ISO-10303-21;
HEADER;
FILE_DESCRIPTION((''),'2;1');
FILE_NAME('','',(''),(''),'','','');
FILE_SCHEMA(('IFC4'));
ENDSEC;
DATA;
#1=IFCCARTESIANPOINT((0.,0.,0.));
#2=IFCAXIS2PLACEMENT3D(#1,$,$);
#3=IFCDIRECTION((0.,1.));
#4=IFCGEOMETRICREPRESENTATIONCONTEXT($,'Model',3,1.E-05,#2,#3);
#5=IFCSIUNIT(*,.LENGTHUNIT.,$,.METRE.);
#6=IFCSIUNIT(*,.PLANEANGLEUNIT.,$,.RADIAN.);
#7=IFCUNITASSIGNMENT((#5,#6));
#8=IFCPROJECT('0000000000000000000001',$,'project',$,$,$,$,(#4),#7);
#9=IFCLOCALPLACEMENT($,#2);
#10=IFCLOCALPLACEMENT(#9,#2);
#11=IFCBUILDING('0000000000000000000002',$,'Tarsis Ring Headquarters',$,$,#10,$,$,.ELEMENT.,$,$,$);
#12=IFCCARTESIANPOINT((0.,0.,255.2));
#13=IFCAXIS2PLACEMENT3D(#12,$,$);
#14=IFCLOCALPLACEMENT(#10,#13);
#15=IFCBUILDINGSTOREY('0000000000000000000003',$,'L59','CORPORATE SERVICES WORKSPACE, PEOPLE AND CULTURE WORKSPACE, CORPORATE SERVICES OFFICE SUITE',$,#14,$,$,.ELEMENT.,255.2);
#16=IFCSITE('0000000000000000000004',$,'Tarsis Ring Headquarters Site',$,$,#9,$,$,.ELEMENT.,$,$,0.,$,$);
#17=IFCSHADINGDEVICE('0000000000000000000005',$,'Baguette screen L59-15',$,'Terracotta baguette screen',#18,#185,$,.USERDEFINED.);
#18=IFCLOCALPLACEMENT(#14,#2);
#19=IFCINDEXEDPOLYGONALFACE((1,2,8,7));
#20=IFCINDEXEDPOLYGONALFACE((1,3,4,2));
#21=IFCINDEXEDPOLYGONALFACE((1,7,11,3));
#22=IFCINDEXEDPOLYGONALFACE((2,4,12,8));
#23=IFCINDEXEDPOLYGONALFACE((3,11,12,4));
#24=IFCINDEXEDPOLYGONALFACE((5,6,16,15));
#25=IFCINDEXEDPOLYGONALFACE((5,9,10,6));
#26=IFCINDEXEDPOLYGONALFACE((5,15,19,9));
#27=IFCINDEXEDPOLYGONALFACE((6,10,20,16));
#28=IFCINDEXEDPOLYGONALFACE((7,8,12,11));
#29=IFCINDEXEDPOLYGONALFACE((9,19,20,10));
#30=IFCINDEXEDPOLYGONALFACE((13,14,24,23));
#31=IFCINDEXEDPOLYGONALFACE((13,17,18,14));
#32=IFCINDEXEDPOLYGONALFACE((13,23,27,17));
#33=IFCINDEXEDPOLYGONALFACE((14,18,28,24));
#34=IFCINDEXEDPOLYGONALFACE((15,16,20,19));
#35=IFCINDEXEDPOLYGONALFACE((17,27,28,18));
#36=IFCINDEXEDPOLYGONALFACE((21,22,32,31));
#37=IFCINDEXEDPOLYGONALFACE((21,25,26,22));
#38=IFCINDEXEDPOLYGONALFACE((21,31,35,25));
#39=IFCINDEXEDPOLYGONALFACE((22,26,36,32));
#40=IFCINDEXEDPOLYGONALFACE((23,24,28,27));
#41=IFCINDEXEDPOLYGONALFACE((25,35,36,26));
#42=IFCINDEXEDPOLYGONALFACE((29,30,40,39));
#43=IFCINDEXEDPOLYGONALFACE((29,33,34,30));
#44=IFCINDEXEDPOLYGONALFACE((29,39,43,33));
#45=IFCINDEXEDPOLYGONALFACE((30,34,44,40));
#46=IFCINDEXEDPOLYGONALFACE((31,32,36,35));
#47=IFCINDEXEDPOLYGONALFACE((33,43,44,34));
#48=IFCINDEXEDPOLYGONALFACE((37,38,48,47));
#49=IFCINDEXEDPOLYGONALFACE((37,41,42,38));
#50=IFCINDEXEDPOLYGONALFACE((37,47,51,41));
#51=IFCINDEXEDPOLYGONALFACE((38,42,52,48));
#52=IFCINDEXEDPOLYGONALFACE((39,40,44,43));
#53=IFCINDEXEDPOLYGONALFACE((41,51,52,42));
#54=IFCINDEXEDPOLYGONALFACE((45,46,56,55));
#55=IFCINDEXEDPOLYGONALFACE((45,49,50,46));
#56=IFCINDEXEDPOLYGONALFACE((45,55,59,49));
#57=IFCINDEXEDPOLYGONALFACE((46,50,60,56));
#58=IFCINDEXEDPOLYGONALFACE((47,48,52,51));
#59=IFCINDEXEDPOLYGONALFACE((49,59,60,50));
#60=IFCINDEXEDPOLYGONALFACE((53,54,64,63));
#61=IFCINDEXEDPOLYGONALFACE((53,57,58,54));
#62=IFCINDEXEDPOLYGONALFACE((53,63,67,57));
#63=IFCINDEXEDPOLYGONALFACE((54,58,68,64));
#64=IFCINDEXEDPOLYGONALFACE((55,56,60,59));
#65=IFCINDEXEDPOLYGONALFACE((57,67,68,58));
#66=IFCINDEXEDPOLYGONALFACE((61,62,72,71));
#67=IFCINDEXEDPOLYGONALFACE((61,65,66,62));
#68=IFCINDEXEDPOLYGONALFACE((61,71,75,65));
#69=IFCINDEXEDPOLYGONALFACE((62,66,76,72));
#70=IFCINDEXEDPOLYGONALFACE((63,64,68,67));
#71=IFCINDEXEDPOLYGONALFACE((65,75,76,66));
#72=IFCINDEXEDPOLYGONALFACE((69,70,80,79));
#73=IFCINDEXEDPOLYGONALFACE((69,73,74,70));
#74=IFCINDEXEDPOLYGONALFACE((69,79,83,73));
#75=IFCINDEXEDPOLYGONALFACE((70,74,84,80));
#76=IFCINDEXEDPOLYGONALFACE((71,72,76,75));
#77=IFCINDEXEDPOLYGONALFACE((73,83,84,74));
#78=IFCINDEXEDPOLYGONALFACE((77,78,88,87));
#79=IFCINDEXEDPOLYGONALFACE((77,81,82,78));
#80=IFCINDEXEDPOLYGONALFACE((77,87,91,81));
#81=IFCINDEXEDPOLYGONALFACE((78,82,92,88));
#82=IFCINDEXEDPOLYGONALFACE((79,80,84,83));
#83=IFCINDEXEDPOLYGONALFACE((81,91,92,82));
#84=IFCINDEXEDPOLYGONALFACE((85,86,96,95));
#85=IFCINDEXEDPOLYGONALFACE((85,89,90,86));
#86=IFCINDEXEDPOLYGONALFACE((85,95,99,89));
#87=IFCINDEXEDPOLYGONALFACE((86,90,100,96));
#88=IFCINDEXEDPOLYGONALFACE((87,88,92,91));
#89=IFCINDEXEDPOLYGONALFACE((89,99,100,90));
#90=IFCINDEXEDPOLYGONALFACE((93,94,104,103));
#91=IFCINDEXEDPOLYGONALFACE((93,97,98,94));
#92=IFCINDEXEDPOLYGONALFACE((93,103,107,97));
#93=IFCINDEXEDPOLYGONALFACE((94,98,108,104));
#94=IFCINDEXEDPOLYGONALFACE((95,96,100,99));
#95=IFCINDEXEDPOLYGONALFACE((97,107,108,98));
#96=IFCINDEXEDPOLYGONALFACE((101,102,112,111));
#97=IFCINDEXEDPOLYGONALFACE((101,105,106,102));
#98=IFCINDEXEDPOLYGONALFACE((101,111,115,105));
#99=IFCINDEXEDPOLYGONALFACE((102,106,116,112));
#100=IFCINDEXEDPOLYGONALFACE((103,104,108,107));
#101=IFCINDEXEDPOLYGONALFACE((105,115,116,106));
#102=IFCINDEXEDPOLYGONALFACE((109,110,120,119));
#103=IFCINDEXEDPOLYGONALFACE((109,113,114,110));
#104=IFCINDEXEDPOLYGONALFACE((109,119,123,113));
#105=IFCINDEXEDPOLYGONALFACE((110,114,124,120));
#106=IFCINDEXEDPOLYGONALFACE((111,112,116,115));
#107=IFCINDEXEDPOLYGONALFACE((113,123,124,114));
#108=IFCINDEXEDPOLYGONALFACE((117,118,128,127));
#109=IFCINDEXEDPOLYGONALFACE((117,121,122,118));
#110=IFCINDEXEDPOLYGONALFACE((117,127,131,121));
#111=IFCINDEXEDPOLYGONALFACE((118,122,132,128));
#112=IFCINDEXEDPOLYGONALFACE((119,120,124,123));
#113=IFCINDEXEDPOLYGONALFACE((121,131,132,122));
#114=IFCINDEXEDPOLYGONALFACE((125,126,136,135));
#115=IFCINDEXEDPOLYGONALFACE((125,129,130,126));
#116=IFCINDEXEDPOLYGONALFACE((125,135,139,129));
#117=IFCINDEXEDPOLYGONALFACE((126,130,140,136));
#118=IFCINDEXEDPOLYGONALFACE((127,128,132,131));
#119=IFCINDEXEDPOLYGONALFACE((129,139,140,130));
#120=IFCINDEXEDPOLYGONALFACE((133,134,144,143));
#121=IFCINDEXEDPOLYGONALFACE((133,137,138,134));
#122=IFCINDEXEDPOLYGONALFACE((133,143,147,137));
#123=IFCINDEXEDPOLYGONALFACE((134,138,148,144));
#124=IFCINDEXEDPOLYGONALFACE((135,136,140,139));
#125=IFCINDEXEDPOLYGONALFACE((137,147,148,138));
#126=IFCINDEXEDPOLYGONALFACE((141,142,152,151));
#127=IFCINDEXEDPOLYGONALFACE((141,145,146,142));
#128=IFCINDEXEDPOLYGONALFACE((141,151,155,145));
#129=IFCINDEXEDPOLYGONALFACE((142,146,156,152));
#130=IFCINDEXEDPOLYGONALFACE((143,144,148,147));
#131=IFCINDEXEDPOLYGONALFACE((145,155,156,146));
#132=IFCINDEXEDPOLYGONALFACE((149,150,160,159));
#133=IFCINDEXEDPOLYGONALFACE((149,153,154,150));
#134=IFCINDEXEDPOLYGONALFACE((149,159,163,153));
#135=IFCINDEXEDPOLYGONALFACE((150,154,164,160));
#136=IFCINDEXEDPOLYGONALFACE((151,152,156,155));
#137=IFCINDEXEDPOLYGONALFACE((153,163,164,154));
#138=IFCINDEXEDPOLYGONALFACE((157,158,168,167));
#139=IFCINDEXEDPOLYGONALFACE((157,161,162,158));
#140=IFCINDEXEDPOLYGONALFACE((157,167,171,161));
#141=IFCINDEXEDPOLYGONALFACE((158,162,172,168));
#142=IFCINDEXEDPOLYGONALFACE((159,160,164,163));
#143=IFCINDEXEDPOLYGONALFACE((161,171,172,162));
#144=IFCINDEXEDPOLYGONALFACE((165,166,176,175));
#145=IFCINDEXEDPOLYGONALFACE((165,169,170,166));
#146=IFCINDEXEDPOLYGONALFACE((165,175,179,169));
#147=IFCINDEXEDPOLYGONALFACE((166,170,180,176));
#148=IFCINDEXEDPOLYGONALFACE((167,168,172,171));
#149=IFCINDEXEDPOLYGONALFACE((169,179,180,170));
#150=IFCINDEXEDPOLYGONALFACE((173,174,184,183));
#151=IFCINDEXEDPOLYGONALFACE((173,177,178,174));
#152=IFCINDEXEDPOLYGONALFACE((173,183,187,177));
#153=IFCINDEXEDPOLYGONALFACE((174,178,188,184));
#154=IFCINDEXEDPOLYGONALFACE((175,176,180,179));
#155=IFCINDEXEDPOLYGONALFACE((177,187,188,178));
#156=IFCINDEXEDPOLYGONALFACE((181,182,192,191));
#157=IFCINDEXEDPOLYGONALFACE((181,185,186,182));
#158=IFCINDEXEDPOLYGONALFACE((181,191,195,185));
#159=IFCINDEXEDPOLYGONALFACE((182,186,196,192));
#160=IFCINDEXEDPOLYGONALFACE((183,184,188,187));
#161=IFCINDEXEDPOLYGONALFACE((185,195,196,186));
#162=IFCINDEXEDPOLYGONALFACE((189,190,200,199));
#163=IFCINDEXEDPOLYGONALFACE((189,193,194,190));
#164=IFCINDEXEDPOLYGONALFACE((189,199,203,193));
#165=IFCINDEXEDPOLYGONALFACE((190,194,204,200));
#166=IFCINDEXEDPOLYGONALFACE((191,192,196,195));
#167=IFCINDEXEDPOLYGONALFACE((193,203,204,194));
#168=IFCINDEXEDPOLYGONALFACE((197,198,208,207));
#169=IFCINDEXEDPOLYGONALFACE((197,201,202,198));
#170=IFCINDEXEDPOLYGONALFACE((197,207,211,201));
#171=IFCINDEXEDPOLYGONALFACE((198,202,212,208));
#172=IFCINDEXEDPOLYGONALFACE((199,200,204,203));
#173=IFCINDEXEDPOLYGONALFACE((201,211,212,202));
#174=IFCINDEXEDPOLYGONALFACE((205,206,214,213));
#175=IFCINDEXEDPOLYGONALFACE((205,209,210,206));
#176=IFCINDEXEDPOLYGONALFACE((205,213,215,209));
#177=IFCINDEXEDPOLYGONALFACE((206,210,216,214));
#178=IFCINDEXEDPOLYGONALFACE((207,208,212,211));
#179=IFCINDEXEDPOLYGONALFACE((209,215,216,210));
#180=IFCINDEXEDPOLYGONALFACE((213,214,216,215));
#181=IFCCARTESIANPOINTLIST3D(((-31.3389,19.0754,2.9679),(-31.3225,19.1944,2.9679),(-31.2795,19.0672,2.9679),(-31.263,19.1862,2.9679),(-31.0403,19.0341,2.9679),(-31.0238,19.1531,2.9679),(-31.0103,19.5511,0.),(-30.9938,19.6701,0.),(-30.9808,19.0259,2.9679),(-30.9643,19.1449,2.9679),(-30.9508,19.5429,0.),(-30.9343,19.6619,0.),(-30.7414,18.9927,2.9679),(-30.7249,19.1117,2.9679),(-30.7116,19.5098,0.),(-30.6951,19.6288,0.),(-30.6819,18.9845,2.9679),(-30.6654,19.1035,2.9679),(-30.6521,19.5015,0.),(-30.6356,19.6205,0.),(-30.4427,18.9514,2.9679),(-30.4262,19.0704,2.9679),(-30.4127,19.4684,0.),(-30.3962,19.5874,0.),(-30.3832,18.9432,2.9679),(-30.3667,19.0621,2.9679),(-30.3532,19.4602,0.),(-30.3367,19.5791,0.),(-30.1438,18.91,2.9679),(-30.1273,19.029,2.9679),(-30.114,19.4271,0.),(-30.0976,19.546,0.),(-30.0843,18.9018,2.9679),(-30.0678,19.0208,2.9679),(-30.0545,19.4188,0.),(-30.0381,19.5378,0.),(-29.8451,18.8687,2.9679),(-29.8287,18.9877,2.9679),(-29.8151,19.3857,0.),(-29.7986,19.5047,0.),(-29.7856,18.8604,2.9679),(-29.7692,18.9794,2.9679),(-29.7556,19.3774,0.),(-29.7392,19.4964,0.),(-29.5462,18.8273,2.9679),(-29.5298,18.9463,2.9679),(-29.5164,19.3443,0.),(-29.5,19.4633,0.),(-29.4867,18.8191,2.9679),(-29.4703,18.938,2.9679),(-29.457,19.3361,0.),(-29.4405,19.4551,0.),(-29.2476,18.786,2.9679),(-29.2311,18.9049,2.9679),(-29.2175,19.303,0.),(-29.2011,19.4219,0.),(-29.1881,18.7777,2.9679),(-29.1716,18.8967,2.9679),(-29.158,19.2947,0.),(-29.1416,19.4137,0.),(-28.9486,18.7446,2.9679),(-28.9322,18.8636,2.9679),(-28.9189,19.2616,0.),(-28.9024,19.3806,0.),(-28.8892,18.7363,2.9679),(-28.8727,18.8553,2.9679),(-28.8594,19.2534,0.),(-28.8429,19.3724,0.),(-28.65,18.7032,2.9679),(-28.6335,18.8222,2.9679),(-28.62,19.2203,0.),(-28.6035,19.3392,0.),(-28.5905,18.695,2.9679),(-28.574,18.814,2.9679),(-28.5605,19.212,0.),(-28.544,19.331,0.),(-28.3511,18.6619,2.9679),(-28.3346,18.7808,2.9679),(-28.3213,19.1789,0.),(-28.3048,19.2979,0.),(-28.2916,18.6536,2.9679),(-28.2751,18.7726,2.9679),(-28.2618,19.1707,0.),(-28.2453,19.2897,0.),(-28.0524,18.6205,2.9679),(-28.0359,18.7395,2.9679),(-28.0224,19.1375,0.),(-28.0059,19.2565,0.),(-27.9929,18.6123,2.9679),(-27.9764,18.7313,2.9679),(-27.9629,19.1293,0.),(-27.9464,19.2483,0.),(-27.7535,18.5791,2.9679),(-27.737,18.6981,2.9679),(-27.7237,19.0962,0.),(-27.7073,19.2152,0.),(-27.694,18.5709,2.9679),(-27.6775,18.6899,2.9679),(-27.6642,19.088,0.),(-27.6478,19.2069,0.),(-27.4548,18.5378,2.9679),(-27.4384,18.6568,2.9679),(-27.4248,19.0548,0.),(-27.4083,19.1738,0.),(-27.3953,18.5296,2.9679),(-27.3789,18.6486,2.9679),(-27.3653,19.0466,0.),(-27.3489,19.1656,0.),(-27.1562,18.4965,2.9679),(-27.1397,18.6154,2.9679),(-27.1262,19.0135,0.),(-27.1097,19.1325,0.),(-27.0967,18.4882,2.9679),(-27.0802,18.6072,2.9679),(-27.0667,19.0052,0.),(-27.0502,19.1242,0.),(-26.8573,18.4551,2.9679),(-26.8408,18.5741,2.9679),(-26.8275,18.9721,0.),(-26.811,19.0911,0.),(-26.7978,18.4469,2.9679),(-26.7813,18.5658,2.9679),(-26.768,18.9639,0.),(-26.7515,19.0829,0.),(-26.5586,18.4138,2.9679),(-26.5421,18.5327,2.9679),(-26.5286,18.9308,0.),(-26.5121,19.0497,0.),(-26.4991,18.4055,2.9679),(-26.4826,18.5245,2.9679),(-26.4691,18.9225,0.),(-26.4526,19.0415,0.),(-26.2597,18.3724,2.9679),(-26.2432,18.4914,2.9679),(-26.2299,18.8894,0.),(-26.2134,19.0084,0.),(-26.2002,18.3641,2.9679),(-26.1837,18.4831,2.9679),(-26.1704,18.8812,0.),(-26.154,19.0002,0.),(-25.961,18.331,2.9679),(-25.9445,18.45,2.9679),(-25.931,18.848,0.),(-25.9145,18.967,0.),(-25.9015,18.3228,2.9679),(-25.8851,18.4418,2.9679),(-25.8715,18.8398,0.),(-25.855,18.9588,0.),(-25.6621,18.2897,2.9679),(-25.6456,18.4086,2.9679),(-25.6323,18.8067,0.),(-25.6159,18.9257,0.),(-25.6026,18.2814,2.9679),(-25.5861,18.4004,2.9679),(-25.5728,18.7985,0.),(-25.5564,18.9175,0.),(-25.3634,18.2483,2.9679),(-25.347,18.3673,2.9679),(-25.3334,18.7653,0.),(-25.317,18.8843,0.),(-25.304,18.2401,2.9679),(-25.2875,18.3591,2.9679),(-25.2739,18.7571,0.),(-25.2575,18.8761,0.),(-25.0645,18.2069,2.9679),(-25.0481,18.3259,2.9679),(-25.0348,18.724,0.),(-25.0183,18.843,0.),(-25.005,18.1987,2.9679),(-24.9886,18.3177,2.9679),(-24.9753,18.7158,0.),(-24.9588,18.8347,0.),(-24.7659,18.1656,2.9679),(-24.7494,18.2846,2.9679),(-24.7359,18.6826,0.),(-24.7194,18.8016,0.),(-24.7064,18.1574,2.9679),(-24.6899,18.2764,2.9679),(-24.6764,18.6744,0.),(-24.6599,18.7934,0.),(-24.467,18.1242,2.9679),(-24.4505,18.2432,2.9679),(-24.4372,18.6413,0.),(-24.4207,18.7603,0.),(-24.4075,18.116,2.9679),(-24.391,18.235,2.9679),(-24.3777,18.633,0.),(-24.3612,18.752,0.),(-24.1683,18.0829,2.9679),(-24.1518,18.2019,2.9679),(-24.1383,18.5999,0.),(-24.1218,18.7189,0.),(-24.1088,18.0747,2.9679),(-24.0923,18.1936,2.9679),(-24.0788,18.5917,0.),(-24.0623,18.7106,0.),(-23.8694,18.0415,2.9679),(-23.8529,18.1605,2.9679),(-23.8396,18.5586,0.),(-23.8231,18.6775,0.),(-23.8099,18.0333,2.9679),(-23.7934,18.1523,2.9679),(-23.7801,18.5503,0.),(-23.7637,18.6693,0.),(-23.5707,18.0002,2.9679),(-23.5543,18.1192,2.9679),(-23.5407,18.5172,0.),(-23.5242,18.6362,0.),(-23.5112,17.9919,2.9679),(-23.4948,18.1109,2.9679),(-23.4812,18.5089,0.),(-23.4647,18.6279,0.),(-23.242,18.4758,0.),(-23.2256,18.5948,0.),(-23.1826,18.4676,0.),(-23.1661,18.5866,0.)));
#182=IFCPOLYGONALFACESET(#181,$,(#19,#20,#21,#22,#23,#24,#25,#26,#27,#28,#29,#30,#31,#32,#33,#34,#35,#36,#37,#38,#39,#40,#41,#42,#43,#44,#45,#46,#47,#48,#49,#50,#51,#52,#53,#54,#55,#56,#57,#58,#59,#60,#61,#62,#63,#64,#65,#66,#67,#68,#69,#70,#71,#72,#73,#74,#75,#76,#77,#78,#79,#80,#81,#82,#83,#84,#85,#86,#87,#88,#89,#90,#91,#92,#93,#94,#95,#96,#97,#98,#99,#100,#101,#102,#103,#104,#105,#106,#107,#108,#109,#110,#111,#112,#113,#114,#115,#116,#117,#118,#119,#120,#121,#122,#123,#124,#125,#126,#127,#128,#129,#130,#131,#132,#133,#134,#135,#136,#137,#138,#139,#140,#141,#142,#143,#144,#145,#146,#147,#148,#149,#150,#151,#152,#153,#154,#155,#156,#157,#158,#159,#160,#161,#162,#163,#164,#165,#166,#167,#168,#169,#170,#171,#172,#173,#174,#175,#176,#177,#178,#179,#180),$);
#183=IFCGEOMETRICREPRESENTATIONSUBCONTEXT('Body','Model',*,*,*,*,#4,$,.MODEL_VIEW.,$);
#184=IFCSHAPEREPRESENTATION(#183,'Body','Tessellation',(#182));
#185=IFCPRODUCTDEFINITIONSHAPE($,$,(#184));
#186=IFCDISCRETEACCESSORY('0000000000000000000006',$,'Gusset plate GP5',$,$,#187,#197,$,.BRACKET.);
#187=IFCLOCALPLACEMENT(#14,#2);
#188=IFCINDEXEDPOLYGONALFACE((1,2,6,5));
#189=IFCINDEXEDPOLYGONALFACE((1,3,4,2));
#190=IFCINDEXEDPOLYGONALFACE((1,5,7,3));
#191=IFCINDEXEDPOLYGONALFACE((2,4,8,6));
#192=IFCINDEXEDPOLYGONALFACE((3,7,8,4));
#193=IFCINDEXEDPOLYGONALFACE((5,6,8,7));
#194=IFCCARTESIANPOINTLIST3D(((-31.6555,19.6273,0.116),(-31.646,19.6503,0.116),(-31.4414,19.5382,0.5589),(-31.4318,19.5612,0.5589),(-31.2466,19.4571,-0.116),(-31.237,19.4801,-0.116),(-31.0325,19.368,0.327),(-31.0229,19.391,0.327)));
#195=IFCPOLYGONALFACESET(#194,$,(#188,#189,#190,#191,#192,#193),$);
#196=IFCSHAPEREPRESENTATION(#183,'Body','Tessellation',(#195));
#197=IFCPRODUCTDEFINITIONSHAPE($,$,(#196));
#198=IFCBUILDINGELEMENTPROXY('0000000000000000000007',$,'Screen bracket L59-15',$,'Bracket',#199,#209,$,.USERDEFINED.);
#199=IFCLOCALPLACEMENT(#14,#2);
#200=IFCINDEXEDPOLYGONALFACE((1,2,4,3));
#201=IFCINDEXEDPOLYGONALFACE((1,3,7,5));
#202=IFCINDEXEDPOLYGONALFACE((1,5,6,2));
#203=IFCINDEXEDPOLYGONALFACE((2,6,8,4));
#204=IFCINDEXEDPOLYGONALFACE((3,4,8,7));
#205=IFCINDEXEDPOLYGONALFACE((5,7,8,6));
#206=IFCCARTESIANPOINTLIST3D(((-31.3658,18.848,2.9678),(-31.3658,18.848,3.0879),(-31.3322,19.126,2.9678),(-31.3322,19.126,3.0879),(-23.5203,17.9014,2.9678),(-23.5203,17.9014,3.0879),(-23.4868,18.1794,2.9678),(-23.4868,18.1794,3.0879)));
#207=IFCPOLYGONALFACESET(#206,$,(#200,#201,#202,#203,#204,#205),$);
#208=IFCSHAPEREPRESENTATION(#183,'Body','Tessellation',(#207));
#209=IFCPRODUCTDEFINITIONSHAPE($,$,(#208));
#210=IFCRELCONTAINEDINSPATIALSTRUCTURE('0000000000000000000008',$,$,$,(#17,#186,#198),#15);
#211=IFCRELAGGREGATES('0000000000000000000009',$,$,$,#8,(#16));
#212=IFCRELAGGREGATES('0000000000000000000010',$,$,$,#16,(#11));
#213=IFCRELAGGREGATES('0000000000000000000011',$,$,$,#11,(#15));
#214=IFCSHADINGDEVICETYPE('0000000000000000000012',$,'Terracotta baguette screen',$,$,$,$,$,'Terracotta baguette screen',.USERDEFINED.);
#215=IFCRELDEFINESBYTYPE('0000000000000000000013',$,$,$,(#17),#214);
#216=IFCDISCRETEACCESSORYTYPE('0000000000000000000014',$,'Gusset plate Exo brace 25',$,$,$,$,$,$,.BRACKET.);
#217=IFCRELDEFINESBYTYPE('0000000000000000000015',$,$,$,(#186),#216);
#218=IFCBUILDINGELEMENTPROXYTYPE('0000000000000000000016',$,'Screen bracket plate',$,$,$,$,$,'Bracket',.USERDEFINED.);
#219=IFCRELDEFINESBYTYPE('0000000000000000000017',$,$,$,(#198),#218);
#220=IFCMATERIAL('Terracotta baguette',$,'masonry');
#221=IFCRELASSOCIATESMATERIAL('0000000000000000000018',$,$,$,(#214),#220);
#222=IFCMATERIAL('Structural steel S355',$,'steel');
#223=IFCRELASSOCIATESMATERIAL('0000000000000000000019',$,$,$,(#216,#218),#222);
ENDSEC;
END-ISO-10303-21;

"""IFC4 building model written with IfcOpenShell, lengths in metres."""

from ifc_helpers import new_model, si_unit, direction, frame, frame_2d, origin, origin_2d, place, context, subcontext, project, spatial, rectangle, composite_profile, extrude, material, material_profile, profile_set, type_object, element, save


model = new_model("IFC4")

# Units and contexts
model_context = context("Model", 3, precision=1e-05, world=origin(), true_north=direction((0.0, 1.0)))
body_context = subcontext(model_context, "Body", "Model", "MODEL_VIEW")
ifc_project = project(units=[si_unit("LENGTHUNIT", "METRE"), si_unit("PLANEANGLEUNIT", "RADIAN")], contexts=[model_context])

# Site, building, storey
site_placement = place(None, origin())
site = spatial("IfcSite", under=ifc_project, at=site_placement, Name="Tarsis Ring Headquarters Site", CompositionType="ELEMENT", RefElevation=0.0)
building_placement = place(site_placement, origin())
building = spatial("IfcBuilding", under=site, at=building_placement, Name="Tarsis Ring Headquarters", CompositionType="ELEMENT")
storey_placement = place(building_placement, frame((0.0, 0.0, 255.2)))
storey = spatial("IfcBuildingStorey", under=building, at=storey_placement, Name="L59", Description="CORPORATE SERVICES WORKSPACE, PEOPLE AND CULTURE WORKSPACE, CORPORATE SERVICES OFFICE SUITE", CompositionType="ELEMENT", Elevation=255.2)

# Shared definitions
ifc_material_1 = material(Name="Structural steel S355", Category="steel")

# Shading device
ifc_material_2 = material(Name="Terracotta baguette", Category="masonry")
shading_device_type = type_object("IfcShadingDeviceType", Name="Terracotta baguette screen", ElementType="Terracotta baguette screen", PredefinedType="USERDEFINED", material=ifc_material_2)
shading_device_1_placement = place(storey_placement, frame((-23.1743, 18.5271, 0.0), z_axis=(0.0, 0.0, 1.0), x_axis=(-0.990546, 0.137111, 0.0)))
element("IfcShadingDevice", 1, at=shading_device_1_placement, inside=storey, type_object=shading_device_type, Name="Baguette screen L59-15", ObjectType="Terracotta baguette screen", PredefinedType="USERDEFINED", context=body_context, shape_type="SweptSolid", body=[
    extrude(composite_profile([rectangle(XDim=0.0601, YDim=0.1201, at=frame_2d((0.03, 0.0))), rectangle(XDim=0.0601, YDim=0.1201, at=frame_2d((0.3315, 0.0))), rectangle(XDim=0.0601, YDim=0.1201, at=frame_2d((0.6333, 0.0))), rectangle(XDim=0.0601, YDim=0.1201, at=frame_2d((0.9348, 0.0))), rectangle(XDim=0.0601, YDim=0.1201, at=frame_2d((1.2366, 0.0))), rectangle(XDim=0.0601, YDim=0.1201, at=frame_2d((1.5381, 0.0))), rectangle(XDim=0.0601, YDim=0.1201, at=frame_2d((1.8398, 0.0))), rectangle(XDim=0.0601, YDim=0.1201, at=frame_2d((2.1414, 0.0))), rectangle(XDim=0.0601, YDim=0.1201, at=frame_2d((2.4431, 0.0))), rectangle(XDim=0.0601, YDim=0.1201, at=frame_2d((2.7446, 0.0))), rectangle(XDim=0.0601, YDim=0.1201, at=frame_2d((3.0464, 0.0))), rectangle(XDim=0.0601, YDim=0.1201, at=frame_2d((3.3479, 0.0))), rectangle(XDim=0.0601, YDim=0.1201, at=frame_2d((3.6497, 0.0))), rectangle(XDim=0.0601, YDim=0.1201, at=frame_2d((3.9512, 0.0))), rectangle(XDim=0.0601, YDim=0.1201, at=frame_2d((4.2527, 0.0))), rectangle(XDim=0.0601, YDim=0.1201, at=frame_2d((4.5544, 0.0))), rectangle(XDim=0.0601, YDim=0.1201, at=frame_2d((4.856, 0.0))), rectangle(XDim=0.0601, YDim=0.1201, at=frame_2d((5.1577, 0.0))), rectangle(XDim=0.0601, YDim=0.1201, at=frame_2d((5.4592, 0.0))), rectangle(XDim=0.0601, YDim=0.1201, at=frame_2d((5.761, 0.0))), rectangle(XDim=0.0601, YDim=0.1201, at=frame_2d((6.0625, 0.0))), rectangle(XDim=0.0601, YDim=0.1201, at=frame_2d((6.3643, 0.0))), rectangle(XDim=0.0601, YDim=0.1201, at=frame_2d((6.6658, 0.0))), rectangle(XDim=0.0601, YDim=0.1201, at=frame_2d((6.9675, 0.0))), rectangle(XDim=0.0601, YDim=0.1201, at=frame_2d((7.269, 0.0))), rectangle(XDim=0.0601, YDim=0.1201, at=frame_2d((7.5708, 0.0))), rectangle(XDim=0.0601, YDim=0.1201, at=frame_2d((7.8723, 0.0)))]), origin(), (0.086106, 0.170734, 0.981548), 3.0237),
])

# Discrete accessory
ifc_material_profile_1 = material_profile(ifc_material_1, rectangle(XDim=0.0249, YDim=0.5, at=origin_2d()), Name="PL 25x500")
ifc_profile_set_1 = profile_set([ifc_material_profile_1], Name="Structural steel S355")
discrete_accessory_type = type_object("IfcDiscreteAccessoryType", Name="Gusset plate Exo brace 25", PredefinedType="BRACKET", material=ifc_profile_set_1)
discrete_accessory_placement = place(storey_placement, frame((-31.4463, 19.5537, 0.0), z_axis=(0.428292, -0.178251, 0.885885), x_axis=(0.384242, 0.923233, 0.0)))
element("IfcDiscreteAccessory", 2, at=discrete_accessory_placement, inside=storey, type_object=discrete_accessory_type, Name="Gusset plate GP5", PredefinedType="BRACKET", context=body_context, shape_type="SweptSolid", body=[
    extrude(rectangle(XDim=0.0249, YDim=0.5, at=origin_2d()), origin(), (0.0, 0.0, 1.0), 0.5),
])

# Building element proxy
building_element_proxy_type = type_object("IfcBuildingElementProxyType", Name="Screen bracket plate", ElementType="Bracket", PredefinedType="USERDEFINED", material=ifc_material_1)
proxy_placement = place(storey_placement, frame((-27.4263, 18.5137, 2.9678), z_axis=(0.0, 0.0, 1.0), x_axis=(-0.992799, 0.11979, 0.0)))
element("IfcBuildingElementProxy", 3, at=proxy_placement, inside=storey, type_object=building_element_proxy_type, Name="Screen bracket L59-15", ObjectType="Bracket", PredefinedType="USERDEFINED", context=body_context, shape_type="SweptSolid", body=[
    extrude(rectangle(XDim=7.9023, YDim=0.28, at=origin_2d()), origin(), (0.0, 0.0, 1.0), 0.1201),
])

save(model, "model.ifc")
